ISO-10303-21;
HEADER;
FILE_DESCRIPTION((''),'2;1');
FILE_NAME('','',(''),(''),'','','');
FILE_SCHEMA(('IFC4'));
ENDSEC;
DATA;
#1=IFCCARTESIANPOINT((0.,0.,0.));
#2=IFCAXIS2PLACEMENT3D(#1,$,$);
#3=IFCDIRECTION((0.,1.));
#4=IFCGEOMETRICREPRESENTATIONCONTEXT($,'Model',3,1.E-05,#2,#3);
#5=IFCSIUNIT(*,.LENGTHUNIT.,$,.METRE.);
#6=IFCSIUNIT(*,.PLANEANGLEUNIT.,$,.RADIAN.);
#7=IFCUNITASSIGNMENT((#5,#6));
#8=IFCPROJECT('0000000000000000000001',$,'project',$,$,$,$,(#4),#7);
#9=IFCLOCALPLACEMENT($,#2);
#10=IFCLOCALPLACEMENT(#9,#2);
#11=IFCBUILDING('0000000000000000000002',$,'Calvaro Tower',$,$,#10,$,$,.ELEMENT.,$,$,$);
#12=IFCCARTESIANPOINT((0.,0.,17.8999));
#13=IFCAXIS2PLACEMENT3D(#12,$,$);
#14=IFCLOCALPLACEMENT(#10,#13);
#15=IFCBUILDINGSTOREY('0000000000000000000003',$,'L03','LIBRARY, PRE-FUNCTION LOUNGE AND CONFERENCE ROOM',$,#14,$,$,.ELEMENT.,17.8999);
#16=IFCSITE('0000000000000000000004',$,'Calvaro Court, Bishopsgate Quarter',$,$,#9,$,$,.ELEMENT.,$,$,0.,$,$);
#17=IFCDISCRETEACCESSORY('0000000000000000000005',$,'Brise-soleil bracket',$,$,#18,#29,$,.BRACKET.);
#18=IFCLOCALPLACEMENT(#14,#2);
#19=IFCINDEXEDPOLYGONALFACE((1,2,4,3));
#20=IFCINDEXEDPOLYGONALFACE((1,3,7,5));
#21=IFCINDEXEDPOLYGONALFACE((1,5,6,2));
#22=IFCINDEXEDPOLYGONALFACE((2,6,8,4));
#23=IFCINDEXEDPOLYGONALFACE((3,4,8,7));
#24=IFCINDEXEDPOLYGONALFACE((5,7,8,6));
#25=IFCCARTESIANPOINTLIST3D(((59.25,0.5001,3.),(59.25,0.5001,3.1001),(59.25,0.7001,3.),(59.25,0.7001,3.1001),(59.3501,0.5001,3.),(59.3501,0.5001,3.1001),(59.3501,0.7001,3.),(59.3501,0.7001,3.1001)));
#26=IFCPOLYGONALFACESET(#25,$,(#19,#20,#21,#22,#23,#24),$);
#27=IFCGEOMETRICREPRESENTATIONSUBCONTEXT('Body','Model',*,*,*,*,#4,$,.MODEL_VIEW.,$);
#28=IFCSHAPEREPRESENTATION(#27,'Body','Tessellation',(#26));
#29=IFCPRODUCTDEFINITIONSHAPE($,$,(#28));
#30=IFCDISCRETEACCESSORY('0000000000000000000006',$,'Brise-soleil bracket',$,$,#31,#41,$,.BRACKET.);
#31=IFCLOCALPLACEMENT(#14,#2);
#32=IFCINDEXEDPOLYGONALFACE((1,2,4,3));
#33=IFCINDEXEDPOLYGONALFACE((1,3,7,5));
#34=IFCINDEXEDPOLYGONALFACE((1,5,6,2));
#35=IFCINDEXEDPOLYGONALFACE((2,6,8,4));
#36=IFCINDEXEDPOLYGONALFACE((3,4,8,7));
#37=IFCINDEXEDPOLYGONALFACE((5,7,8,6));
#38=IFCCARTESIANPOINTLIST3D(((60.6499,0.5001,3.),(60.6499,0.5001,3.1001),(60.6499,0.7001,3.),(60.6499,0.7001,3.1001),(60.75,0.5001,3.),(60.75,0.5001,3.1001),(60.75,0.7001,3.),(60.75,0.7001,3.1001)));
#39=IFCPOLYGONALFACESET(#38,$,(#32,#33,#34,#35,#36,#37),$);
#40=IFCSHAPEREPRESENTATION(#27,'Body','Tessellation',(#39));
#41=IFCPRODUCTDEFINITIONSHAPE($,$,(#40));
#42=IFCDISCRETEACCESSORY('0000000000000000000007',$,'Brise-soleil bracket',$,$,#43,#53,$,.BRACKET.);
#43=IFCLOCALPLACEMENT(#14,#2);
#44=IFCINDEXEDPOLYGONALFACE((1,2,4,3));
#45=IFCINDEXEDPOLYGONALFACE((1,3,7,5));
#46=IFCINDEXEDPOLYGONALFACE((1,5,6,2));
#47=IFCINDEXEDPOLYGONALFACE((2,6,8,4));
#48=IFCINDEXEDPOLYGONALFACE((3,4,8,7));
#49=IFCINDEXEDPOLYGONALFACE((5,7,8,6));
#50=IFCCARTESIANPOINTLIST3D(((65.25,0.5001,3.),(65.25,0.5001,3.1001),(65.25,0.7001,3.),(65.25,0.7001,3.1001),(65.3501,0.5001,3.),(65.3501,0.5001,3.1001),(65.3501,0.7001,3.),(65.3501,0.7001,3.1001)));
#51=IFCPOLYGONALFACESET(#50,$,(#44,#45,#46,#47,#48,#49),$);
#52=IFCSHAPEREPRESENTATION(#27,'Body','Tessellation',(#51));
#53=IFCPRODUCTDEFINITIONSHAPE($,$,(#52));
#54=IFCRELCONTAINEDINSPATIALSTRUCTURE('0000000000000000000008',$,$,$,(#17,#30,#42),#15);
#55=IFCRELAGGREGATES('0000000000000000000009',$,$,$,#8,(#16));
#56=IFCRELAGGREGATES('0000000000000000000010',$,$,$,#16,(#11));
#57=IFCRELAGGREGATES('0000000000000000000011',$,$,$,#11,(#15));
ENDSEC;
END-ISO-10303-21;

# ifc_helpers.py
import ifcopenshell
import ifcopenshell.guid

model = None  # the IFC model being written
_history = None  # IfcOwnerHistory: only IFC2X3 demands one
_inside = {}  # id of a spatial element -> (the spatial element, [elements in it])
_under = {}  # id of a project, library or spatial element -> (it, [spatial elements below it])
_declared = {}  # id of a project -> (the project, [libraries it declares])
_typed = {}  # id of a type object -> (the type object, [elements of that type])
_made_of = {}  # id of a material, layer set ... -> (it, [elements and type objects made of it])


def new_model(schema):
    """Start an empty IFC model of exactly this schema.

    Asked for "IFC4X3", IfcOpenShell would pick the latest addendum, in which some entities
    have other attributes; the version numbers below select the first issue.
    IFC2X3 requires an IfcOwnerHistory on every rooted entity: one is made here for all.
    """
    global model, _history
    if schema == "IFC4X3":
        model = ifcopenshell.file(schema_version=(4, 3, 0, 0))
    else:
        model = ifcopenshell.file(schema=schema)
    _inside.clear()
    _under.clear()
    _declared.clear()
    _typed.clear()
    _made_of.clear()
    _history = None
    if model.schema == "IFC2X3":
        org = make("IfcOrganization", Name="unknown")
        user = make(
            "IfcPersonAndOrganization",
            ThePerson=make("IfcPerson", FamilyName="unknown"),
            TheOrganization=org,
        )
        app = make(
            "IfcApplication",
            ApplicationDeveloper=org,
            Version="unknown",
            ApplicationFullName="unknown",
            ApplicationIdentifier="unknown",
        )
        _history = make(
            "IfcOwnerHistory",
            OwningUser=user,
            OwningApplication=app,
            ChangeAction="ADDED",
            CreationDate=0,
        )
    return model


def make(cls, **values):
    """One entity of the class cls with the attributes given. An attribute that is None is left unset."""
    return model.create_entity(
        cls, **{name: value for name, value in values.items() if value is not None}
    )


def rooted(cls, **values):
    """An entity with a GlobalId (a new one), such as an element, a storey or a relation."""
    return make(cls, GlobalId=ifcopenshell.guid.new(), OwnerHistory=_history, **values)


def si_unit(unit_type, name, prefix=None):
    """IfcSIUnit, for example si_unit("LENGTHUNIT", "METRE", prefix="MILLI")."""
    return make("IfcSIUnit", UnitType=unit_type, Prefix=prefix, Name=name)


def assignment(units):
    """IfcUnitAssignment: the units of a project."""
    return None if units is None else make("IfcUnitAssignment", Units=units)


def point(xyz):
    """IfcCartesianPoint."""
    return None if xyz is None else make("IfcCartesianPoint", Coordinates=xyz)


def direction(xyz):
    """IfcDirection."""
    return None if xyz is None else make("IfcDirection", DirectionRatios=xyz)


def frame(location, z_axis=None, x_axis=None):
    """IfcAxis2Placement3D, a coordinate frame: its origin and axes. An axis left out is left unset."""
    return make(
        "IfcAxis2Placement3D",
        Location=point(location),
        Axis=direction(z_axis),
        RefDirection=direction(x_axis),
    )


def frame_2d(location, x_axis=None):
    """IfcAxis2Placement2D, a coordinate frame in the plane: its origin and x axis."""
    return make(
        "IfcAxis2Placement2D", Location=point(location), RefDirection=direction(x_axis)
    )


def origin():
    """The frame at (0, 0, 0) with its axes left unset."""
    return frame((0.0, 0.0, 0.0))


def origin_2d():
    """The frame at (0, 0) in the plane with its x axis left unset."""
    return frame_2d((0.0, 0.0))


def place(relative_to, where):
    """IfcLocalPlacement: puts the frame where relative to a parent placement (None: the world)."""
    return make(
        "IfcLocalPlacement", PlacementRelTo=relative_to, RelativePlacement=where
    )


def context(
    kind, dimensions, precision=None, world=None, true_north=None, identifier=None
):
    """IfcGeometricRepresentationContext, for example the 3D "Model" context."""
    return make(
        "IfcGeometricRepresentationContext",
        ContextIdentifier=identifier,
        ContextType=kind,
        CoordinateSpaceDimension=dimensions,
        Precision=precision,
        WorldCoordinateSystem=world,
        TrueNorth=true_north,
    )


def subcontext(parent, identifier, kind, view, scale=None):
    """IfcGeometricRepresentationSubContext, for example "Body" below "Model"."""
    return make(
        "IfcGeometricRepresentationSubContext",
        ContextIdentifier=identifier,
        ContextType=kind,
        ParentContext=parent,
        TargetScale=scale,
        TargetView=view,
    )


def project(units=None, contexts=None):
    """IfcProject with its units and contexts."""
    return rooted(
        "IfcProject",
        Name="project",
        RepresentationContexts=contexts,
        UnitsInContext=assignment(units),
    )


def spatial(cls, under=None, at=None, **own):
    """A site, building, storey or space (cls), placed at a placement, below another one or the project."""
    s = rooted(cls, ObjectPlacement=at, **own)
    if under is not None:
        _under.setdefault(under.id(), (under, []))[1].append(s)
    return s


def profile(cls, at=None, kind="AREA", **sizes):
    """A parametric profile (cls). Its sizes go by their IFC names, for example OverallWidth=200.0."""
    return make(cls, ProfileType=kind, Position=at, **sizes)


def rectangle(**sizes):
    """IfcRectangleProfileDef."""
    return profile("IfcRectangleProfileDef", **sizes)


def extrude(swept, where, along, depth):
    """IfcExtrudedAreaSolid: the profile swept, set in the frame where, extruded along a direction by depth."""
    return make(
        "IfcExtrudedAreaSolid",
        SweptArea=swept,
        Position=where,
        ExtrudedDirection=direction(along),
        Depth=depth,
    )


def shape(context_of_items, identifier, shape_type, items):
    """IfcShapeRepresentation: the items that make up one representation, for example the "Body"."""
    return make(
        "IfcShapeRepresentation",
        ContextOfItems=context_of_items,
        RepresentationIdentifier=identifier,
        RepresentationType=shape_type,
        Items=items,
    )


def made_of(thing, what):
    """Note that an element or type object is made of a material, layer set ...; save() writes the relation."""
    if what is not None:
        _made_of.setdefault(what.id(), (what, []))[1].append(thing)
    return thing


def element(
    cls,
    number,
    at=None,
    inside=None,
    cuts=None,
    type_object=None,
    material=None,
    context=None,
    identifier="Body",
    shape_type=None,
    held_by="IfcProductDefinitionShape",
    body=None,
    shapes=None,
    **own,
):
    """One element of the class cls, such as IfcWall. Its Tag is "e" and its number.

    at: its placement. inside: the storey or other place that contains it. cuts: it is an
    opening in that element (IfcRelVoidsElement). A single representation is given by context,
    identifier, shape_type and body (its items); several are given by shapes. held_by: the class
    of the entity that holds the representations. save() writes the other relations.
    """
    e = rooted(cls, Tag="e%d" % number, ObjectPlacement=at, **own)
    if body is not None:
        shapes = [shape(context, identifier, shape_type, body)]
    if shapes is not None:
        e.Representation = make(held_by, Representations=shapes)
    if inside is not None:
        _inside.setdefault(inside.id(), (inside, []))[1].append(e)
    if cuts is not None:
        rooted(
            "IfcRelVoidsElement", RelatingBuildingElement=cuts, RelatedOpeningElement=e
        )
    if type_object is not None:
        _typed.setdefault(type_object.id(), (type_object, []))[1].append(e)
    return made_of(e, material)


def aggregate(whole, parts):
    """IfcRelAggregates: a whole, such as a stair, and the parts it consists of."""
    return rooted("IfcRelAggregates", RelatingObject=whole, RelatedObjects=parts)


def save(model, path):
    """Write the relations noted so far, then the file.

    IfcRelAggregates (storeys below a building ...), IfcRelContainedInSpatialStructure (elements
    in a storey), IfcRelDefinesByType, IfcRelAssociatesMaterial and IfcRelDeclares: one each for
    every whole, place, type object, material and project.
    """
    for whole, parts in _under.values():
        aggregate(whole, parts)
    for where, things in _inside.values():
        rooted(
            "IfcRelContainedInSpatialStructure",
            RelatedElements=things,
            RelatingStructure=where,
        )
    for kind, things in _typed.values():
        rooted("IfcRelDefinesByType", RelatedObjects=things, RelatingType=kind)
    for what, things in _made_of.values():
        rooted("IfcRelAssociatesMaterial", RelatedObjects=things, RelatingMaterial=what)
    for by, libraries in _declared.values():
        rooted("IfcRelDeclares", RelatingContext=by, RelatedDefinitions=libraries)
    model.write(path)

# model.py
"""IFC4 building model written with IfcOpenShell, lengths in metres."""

from ifc_helpers import new_model, si_unit, direction, frame, origin, origin_2d, place, context, subcontext, project, spatial, rectangle, extrude, element, save


model = new_model("IFC4")

# Units and contexts
model_context = context("Model", 3, precision=1e-05, world=origin(), true_north=direction((0.0, 1.0)))
body_context = subcontext(model_context, "Body", "Model", "MODEL_VIEW")
ifc_project = project(units=[si_unit("LENGTHUNIT", "METRE"), si_unit("PLANEANGLEUNIT", "RADIAN")], contexts=[model_context])

# Site, building, storey
site_placement = place(None, origin())
site = spatial("IfcSite", under=ifc_project, at=site_placement, Name="Calvaro Court, Bishopsgate Quarter", CompositionType="ELEMENT", RefElevation=0.0)
building_placement = place(site_placement, origin())
building = spatial("IfcBuilding", under=site, at=building_placement, Name="Calvaro Tower", CompositionType="ELEMENT")
storey_placement = place(building_placement, frame((0.0, 0.0, 17.8999)))
storey = spatial("IfcBuildingStorey", under=building, at=storey_placement, Name="L03", Description="LIBRARY, PRE-FUNCTION LOUNGE AND CONFERENCE ROOM", CompositionType="ELEMENT", Elevation=17.8999)

# Discrete accessories
for number, where, z_axis, x_axis, name in (
    (1, (59.3, 0.6001, 3.0), (0.0, 0.0, 1.0), (1.0, 0.0, 0.0), "Brise-soleil bracket"),
    (2, (60.7, 0.6001, 3.0), (0.0, 0.0, 1.0), (1.0, 0.0, 0.0), "Brise-soleil bracket"),
    (3, (65.3, 0.6001, 3.0), (0.0, 0.0, 1.0), (1.0, 0.0, 0.0), "Brise-soleil bracket"),
):
    element("IfcDiscreteAccessory", number, at=place(storey_placement, frame(where, z_axis=z_axis, x_axis=x_axis)), inside=storey, Name=name, PredefinedType="BRACKET", context=body_context, shape_type="SweptSolid", body=[
        extrude(rectangle(XDim=0.1001, YDim=0.2, at=origin_2d()), origin(), (0.0, 0.0, 1.0), 0.1001),
    ])

save(model, "model.ifc")
